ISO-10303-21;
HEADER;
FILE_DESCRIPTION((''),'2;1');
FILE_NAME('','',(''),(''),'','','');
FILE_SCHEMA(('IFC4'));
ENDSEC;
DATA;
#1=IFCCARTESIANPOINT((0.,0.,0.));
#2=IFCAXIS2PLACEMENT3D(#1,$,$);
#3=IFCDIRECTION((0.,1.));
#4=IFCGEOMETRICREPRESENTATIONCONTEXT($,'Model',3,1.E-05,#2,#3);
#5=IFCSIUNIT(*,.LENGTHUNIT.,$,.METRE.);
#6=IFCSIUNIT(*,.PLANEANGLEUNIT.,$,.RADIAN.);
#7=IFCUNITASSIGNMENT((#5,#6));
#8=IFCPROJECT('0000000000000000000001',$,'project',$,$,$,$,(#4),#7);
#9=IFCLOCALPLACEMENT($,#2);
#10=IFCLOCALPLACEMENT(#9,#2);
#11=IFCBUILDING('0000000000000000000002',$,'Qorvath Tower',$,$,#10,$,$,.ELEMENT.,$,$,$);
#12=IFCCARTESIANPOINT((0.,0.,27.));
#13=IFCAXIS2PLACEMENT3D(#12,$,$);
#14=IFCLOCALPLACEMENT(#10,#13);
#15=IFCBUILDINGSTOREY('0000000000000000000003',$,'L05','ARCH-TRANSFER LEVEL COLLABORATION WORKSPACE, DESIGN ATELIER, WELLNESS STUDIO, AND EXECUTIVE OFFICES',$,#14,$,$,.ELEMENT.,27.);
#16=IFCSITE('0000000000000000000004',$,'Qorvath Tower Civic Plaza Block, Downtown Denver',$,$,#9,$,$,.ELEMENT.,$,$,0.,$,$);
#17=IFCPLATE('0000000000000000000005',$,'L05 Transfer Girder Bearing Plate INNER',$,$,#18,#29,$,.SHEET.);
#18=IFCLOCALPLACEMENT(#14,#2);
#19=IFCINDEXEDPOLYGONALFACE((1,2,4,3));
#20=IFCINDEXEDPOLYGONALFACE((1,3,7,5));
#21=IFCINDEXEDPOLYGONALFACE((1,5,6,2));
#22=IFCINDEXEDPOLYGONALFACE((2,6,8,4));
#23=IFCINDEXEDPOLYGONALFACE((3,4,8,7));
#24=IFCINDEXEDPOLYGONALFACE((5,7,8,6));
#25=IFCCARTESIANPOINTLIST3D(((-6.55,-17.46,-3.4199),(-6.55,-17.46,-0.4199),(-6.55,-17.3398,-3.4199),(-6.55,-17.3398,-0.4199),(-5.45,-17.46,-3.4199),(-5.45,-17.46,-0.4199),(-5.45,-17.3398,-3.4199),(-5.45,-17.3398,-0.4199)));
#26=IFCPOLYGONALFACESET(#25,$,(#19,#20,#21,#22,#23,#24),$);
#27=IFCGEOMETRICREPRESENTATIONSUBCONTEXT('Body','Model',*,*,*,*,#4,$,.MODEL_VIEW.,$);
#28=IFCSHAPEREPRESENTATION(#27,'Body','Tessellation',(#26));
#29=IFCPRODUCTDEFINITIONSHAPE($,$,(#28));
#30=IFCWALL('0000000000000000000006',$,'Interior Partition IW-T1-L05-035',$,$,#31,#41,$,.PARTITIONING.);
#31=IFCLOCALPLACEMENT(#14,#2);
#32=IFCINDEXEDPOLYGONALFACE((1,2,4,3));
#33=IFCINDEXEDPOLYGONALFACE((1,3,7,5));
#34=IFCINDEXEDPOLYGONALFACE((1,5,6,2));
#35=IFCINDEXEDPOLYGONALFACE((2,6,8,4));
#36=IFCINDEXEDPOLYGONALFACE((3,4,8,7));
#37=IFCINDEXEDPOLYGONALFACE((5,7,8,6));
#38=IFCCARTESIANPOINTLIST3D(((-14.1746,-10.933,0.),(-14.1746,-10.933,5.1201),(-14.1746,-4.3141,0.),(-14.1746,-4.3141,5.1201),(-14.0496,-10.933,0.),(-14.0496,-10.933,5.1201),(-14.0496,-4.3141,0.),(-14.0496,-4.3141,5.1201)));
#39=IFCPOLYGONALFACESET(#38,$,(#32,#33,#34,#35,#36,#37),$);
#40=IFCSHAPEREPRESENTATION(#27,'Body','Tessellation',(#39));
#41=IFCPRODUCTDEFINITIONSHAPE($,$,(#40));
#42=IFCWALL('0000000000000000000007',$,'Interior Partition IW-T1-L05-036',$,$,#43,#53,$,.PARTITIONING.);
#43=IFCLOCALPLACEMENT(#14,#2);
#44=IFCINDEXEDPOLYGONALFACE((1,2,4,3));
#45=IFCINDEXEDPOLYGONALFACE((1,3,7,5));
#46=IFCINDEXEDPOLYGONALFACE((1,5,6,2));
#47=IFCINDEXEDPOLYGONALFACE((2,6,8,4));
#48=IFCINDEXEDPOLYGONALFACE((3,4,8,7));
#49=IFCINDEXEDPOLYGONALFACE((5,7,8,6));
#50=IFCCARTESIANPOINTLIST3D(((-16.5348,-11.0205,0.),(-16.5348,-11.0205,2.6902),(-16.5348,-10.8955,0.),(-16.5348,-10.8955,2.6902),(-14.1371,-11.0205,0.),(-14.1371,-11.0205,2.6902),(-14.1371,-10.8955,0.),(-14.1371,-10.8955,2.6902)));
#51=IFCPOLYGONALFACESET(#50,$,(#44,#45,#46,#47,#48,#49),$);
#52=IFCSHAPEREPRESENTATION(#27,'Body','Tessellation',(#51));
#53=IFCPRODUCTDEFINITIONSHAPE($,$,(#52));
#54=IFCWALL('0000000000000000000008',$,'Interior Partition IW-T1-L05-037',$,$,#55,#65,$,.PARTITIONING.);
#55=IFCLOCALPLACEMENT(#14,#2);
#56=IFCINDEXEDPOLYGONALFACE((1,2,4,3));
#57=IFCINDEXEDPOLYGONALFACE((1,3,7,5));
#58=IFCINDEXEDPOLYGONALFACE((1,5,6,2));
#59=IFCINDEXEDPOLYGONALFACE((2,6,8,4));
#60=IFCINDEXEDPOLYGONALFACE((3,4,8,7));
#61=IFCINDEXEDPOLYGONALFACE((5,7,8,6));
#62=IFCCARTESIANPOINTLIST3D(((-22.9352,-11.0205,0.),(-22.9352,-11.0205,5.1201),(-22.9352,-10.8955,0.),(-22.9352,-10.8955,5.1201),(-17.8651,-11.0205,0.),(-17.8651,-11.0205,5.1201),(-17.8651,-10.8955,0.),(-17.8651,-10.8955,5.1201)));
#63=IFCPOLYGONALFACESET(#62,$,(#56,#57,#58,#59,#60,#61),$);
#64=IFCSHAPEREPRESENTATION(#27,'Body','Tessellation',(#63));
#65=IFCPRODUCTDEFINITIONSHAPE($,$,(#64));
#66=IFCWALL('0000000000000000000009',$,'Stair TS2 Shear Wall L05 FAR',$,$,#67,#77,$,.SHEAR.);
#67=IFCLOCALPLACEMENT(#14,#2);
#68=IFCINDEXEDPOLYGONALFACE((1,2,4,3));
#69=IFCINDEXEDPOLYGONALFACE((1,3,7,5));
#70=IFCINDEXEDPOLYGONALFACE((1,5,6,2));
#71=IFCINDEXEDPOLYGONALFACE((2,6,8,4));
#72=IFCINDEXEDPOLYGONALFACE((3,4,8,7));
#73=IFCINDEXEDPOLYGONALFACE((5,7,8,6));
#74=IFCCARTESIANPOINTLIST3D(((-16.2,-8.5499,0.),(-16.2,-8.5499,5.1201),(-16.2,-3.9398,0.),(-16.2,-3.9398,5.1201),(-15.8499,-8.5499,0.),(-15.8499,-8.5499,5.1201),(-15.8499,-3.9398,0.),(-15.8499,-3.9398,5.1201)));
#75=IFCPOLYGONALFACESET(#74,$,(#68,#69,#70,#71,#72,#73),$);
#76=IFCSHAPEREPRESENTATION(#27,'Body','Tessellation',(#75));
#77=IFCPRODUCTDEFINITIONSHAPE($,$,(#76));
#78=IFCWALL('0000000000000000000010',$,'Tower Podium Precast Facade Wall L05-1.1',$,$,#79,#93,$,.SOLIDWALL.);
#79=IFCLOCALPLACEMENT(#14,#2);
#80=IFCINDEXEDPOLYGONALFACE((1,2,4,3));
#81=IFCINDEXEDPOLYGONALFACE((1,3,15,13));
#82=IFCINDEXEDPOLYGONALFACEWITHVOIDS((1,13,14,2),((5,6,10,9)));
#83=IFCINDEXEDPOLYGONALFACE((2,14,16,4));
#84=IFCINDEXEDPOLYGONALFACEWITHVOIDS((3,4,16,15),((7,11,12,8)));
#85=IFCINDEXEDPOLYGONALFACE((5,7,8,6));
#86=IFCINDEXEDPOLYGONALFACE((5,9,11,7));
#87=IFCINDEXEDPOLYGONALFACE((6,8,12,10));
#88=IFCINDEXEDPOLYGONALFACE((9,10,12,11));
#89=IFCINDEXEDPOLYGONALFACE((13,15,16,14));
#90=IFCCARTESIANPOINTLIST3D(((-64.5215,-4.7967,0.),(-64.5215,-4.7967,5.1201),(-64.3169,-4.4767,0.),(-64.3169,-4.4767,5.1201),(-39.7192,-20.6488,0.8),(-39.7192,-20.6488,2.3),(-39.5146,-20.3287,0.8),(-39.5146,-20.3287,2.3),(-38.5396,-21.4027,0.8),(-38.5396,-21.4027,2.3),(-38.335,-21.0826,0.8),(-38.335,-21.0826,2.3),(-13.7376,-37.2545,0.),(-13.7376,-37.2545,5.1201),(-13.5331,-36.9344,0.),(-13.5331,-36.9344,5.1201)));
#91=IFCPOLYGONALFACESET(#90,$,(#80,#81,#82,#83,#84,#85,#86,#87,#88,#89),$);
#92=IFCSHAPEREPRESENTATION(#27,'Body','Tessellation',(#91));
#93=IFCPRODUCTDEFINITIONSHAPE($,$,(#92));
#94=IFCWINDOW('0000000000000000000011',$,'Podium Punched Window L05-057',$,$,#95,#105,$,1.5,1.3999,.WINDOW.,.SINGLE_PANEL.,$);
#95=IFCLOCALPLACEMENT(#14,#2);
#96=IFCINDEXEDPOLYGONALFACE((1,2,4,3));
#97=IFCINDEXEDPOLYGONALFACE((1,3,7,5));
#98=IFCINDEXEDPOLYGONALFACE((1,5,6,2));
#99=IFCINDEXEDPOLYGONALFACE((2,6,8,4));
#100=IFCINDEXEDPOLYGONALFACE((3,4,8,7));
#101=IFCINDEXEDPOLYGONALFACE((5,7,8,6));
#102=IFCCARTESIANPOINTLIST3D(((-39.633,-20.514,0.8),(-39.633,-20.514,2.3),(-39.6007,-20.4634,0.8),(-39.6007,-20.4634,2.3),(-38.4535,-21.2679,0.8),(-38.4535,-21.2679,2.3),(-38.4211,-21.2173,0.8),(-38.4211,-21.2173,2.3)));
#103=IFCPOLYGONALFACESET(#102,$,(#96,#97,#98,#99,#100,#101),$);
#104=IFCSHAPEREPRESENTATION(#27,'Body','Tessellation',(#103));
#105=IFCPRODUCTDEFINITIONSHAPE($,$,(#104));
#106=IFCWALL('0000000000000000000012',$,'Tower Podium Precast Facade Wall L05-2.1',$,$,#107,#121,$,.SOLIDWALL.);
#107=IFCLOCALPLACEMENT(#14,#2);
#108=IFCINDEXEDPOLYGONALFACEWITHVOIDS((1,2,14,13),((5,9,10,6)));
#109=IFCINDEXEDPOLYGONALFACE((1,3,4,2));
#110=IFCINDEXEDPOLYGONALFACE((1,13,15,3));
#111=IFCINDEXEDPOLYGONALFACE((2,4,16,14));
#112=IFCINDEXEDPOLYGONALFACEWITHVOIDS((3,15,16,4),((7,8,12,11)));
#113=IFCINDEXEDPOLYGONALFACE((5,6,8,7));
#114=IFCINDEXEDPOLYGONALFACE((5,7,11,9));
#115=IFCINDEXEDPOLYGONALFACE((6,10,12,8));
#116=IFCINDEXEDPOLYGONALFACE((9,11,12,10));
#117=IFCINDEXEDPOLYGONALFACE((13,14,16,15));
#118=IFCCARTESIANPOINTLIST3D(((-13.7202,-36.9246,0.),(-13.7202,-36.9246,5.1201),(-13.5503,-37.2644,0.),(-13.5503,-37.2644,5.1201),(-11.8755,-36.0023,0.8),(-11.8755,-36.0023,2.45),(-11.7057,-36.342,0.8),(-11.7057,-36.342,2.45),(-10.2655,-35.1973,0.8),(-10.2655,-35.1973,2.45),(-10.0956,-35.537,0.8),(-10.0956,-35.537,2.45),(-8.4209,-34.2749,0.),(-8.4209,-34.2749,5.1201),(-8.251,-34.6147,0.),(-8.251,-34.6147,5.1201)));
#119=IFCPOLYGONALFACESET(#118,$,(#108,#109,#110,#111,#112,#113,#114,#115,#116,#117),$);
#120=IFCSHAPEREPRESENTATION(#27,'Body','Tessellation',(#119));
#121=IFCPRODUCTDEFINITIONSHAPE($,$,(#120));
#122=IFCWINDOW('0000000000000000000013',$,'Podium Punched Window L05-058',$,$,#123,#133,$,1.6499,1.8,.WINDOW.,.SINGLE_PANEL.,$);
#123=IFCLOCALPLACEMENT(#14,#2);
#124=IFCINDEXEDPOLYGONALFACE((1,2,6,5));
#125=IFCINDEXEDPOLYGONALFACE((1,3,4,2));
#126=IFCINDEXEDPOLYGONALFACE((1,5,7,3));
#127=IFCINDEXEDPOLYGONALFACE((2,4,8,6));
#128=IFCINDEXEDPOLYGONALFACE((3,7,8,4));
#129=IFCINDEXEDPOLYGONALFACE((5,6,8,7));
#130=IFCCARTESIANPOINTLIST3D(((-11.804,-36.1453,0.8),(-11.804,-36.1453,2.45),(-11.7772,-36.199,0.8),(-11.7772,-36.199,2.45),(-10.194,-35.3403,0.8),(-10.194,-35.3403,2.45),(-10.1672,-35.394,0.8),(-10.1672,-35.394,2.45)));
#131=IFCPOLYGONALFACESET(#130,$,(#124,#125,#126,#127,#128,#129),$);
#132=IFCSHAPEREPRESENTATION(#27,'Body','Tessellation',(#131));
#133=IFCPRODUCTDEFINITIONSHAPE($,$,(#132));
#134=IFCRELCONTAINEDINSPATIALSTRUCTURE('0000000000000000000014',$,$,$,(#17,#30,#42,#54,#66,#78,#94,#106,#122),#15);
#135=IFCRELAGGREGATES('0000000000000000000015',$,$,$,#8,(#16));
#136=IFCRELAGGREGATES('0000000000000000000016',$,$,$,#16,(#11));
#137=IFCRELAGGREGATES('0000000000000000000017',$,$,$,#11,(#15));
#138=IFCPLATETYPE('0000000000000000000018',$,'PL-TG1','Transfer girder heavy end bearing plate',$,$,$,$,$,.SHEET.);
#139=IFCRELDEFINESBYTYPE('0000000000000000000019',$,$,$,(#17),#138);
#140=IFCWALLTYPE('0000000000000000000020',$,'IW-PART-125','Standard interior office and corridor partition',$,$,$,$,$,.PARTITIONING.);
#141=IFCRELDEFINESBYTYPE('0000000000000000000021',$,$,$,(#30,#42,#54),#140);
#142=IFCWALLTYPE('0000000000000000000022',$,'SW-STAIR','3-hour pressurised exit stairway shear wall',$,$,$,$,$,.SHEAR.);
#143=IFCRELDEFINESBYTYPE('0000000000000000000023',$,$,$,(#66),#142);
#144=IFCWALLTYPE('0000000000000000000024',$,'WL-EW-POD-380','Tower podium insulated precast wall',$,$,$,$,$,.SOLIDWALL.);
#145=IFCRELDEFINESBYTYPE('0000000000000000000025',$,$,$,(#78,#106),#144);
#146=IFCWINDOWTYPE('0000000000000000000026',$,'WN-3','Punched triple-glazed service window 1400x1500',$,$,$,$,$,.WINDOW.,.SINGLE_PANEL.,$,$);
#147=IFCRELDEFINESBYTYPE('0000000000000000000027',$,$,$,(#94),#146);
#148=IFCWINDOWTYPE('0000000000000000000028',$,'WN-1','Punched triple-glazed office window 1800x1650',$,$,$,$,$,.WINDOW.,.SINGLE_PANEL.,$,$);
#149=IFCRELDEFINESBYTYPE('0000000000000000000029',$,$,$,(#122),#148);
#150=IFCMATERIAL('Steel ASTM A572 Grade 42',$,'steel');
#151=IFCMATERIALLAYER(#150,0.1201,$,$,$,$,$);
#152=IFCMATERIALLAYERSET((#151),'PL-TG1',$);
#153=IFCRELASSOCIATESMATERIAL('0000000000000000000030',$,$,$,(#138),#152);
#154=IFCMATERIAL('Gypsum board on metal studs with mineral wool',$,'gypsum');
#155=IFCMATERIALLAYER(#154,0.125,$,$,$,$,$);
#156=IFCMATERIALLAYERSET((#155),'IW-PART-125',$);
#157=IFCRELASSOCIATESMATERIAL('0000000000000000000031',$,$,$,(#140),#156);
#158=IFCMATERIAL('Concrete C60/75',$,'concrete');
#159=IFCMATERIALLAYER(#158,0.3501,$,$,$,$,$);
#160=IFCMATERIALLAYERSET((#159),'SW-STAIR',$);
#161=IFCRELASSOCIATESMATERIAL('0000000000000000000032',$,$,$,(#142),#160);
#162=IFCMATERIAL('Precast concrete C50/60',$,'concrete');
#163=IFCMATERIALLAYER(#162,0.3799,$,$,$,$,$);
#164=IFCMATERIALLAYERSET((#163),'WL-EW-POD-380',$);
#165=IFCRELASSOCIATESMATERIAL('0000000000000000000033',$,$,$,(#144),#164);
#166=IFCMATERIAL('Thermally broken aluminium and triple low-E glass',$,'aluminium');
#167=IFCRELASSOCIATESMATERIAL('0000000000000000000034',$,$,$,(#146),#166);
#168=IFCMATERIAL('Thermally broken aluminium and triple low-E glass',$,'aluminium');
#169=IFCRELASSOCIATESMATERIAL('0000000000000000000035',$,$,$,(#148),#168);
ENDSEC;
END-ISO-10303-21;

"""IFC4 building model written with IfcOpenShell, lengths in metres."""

from ifc_helpers import new_model, si_unit, direction, frame, frame_2d, origin, origin_2d, place, context, subcontext, project, spatial, rectangle, extrude, material, layer, layer_set, type_object, element, fill, save


model = new_model("IFC4")

# Units and contexts
model_context = context("Model", 3, precision=1e-05, world=origin(), true_north=direction((0.0, 1.0)))
body_context = subcontext(model_context, "Body", "Model", "MODEL_VIEW")
ifc_project = project(units=[si_unit("LENGTHUNIT", "METRE"), si_unit("PLANEANGLEUNIT", "RADIAN")], contexts=[model_context])

# Site, building, storey
site_placement = place(None, origin())
site = spatial("IfcSite", under=ifc_project, at=site_placement, Name="Qorvath Tower Civic Plaza Block, Downtown Denver", CompositionType="ELEMENT", RefElevation=0.0)
building_placement = place(site_placement, origin())
building = spatial("IfcBuilding", under=site, at=building_placement, Name="Qorvath Tower", CompositionType="ELEMENT")
storey_placement = place(building_placement, frame((0.0, 0.0, 27.0)))
storey = spatial("IfcBuildingStorey", under=building, at=storey_placement, Name="L05", Description="ARCH-TRANSFER LEVEL COLLABORATION WORKSPACE, DESIGN ATELIER, WELLNESS STUDIO, AND EXECUTIVE OFFICES", CompositionType="ELEMENT", Elevation=27.0)

# Plate
ifc_material_1 = material(Name="Steel ASTM A572 Grade 42", Category="steel")
ifc_layer_1 = layer(ifc_material_1, 0.1201)
ifc_layer_set_1 = layer_set([ifc_layer_1], Name="PL-TG1")
plate_type = type_object("IfcPlateType", Name="PL-TG1", Description="Transfer girder heavy end bearing plate", PredefinedType="SHEET", material=ifc_layer_set_1)
plate_placement = place(storey_placement, frame((-6.0, -17.3999, -3.4199), z_axis=(0.0, 0.0, 1.0), x_axis=(1.0, 0.0, 0.0)))
element("IfcPlate", 1, at=plate_placement, inside=storey, type_object=plate_type, Name="L05 Transfer Girder Bearing Plate INNER", PredefinedType="SHEET", context=body_context, shape_type="SweptSolid", body=[
    extrude(rectangle(XDim=1.1001, YDim=0.1201, at=origin_2d()), origin(), (0.0, 0.0, 1.0), 3.0),
])

# Walls
ifc_material_2 = material(Name="Gypsum board on metal studs with mineral wool", Category="gypsum")
ifc_layer_2 = layer(ifc_material_2, 0.125)
ifc_layer_set_2 = layer_set([ifc_layer_2], Name="IW-PART-125")
wall_type_1 = type_object("IfcWallType", Name="IW-PART-125", Description="Standard interior office and corridor partition", PredefinedType="PARTITIONING", material=ifc_layer_set_2)
wall_1_placement = place(storey_placement, frame((-14.1121, -10.9331, 0.0), z_axis=(0.0, 0.0, 1.0), x_axis=(0.0, 1.0, 0.0)))
element("IfcWall", 2, at=wall_1_placement, inside=storey, type_object=wall_type_1, Name="Interior Partition IW-T1-L05-035", PredefinedType="PARTITIONING", context=body_context, shape_type="SweptSolid", body=[
    extrude(rectangle(XDim=6.6189, YDim=0.125, at=frame_2d((3.3096, 0.0))), origin(), (0.0, 0.0, 1.0), 5.1201),
])
wall_2_placement = place(storey_placement, frame((-14.1372, -10.958, 0.0), z_axis=(0.0, 0.0, 1.0), x_axis=(-1.0, 0.0, 0.0)))
element("IfcWall", 3, at=wall_2_placement, inside=storey, type_object=wall_type_1, Name="Interior Partition IW-T1-L05-036", PredefinedType="PARTITIONING", context=body_context, shape_type="SweptSolid", body=[
    extrude(rectangle(XDim=2.3977, YDim=0.125, at=frame_2d((1.1987, 0.0))), origin(), (0.0, 0.0, 1.0), 2.6902),
])
wall_3_placement = place(storey_placement, frame((-17.865, -10.958, 0.0), z_axis=(0.0, 0.0, 1.0), x_axis=(-1.0, 0.0, 0.0)))
element("IfcWall", 4, at=wall_3_placement, inside=storey, type_object=wall_type_1, Name="Interior Partition IW-T1-L05-037", PredefinedType="PARTITIONING", context=body_context, shape_type="SweptSolid", body=[
    extrude(rectangle(XDim=5.0701, YDim=0.125, at=frame_2d((2.5352, 0.0))), origin(), (0.0, 0.0, 1.0), 5.1201),
])
ifc_material_3 = material(Name="Concrete C60/75", Category="concrete")
ifc_layer_3 = layer(ifc_material_3, 0.3501)
ifc_layer_set_3 = layer_set([ifc_layer_3], Name="SW-STAIR")
wall_type_2 = type_object("IfcWallType", Name="SW-STAIR", Description="3-hour pressurised exit stairway shear wall", PredefinedType="SHEAR", material=ifc_layer_set_3)
wall_4_placement = place(storey_placement, frame((-16.0249, -8.55, 0.0), z_axis=(0.0, 0.0, 1.0), x_axis=(0.0, 1.0, 0.0)))
element("IfcWall", 5, at=wall_4_placement, inside=storey, type_object=wall_type_2, Name="Stair TS2 Shear Wall L05 FAR", PredefinedType="SHEAR", context=body_context, shape_type="SweptSolid", body=[
    extrude(rectangle(XDim=4.6101, YDim=0.3501, at=frame_2d((2.3052, 0.0))), origin(), (0.0, 0.0, 1.0), 5.1201),
])

# Walls, openings, windows
ifc_material_4 = material(Name="Precast concrete C50/60", Category="concrete")
ifc_layer_4 = layer(ifc_material_4, 0.3799)
ifc_layer_set_4 = layer_set([ifc_layer_4], Name="WL-EW-POD-380")
wall_type_3 = type_object("IfcWallType", Name="WL-EW-POD-380", Description="Tower podium insulated precast wall", PredefinedType="SOLIDWALL", material=ifc_layer_set_4)
wall_5_placement = place(storey_placement, frame((-13.6353, -37.0945, 0.0), z_axis=(0.0, 0.0, 1.0), x_axis=(-0.842602, 0.538536, 0.0)))
wall_5 = element("IfcWall", 6, at=wall_5_placement, inside=storey, type_object=wall_type_3, Name="Tower Podium Precast Facade Wall L05-1.1", PredefinedType="SOLIDWALL", context=body_context, shape_type="SweptSolid", body=[
    extrude(rectangle(XDim=60.2703, YDim=0.3799, at=frame_2d((30.1353, 0.0))), origin(), (0.0, 0.0, 1.0), 5.1201),
])
opening_1_placement = place(wall_5_placement, frame((29.4351, 0.0, 0.8)))
opening_1 = element("IfcOpeningElement", 7, at=opening_1_placement, cuts=wall_5, PredefinedType="OPENING", context=body_context, shape_type="SweptSolid", body=[
    extrude(rectangle(XDim=1.3999, YDim=1.5, at=frame_2d((0.7, 0.75))), frame((0.0, 0.2, 0.0), z_axis=(0.0, -1.0, 0.0), x_axis=(1.0, 0.0, 0.0)), (0.0, 0.0, 1.0), 0.3999),
])
ifc_material_5 = material(Name="Thermally broken aluminium and triple low-E glass", Category="aluminium")
window_type_1 = type_object("IfcWindowType", Name="WN-3", Description="Punched triple-glazed service window 1400x1500", PartitioningType="SINGLE_PANEL", PredefinedType="WINDOW", material=ifc_material_5)
window_1_placement = place(opening_1_placement, origin())
window_1 = element("IfcWindow", 8, at=window_1_placement, inside=storey, type_object=window_type_1, Name="Podium Punched Window L05-057", OverallHeight=1.5, OverallWidth=1.3999, PartitioningType="SINGLE_PANEL", PredefinedType="WINDOW", context=body_context, shape_type="SweptSolid", body=[
    extrude(rectangle(XDim=1.3999, YDim=1.5, at=frame_2d((0.7, 0.75))), frame((0.0, 0.03, 0.0), z_axis=(0.0, -1.0, 0.0), x_axis=(1.0, 0.0, 0.0)), (0.0, 0.0, 1.0), 0.0601),
])
fill(opening_1, window_1)
wall_6_placement = place(storey_placement, frame((-8.3359, -34.4448, 0.0), z_axis=(0.0, 0.0, 1.0), x_axis=(-0.894427, -0.447214, 0.0)))
wall_6 = element("IfcWall", 9, at=wall_6_placement, inside=storey, type_object=wall_type_3, Name="Tower Podium Precast Facade Wall L05-2.1", PredefinedType="SOLIDWALL", context=body_context, shape_type="SweptSolid", body=[
    extrude(rectangle(XDim=5.9248, YDim=0.3799, at=frame_2d((2.9624, 0.0))), origin(), (0.0, 0.0, 1.0), 5.1201),
])
opening_2_placement = place(wall_6_placement, frame((2.0625, 0.0, 0.8)))
opening_2 = element("IfcOpeningElement", 10, at=opening_2_placement, cuts=wall_6, PredefinedType="OPENING", context=body_context, shape_type="SweptSolid", body=[
    extrude(rectangle(XDim=1.8, YDim=1.6499, at=frame_2d((0.8999, 0.825))), frame((0.0, 0.2, 0.0), z_axis=(0.0, -1.0, 0.0), x_axis=(1.0, 0.0, 0.0)), (0.0, 0.0, 1.0), 0.3999),
])
ifc_material_6 = material(Name="Thermally broken aluminium and triple low-E glass", Category="aluminium")
window_type_2 = type_object("IfcWindowType", Name="WN-1", Description="Punched triple-glazed office window 1800x1650", PartitioningType="SINGLE_PANEL", PredefinedType="WINDOW", material=ifc_material_6)
window_2_placement = place(opening_2_placement, origin())
window_2 = element("IfcWindow", 11, at=window_2_placement, inside=storey, type_object=window_type_2, Name="Podium Punched Window L05-058", OverallHeight=1.6499, OverallWidth=1.8, PartitioningType="SINGLE_PANEL", PredefinedType="WINDOW", context=body_context, shape_type="SweptSolid", body=[
    extrude(rectangle(XDim=1.8, YDim=1.6499, at=frame_2d((0.8999, 0.825))), frame((0.0, 0.03, 0.0), z_axis=(0.0, -1.0, 0.0), x_axis=(1.0, 0.0, 0.0)), (0.0, 0.0, 1.0), 0.0601),
])
fill(opening_2, window_2)

save(model, "model.ifc")
